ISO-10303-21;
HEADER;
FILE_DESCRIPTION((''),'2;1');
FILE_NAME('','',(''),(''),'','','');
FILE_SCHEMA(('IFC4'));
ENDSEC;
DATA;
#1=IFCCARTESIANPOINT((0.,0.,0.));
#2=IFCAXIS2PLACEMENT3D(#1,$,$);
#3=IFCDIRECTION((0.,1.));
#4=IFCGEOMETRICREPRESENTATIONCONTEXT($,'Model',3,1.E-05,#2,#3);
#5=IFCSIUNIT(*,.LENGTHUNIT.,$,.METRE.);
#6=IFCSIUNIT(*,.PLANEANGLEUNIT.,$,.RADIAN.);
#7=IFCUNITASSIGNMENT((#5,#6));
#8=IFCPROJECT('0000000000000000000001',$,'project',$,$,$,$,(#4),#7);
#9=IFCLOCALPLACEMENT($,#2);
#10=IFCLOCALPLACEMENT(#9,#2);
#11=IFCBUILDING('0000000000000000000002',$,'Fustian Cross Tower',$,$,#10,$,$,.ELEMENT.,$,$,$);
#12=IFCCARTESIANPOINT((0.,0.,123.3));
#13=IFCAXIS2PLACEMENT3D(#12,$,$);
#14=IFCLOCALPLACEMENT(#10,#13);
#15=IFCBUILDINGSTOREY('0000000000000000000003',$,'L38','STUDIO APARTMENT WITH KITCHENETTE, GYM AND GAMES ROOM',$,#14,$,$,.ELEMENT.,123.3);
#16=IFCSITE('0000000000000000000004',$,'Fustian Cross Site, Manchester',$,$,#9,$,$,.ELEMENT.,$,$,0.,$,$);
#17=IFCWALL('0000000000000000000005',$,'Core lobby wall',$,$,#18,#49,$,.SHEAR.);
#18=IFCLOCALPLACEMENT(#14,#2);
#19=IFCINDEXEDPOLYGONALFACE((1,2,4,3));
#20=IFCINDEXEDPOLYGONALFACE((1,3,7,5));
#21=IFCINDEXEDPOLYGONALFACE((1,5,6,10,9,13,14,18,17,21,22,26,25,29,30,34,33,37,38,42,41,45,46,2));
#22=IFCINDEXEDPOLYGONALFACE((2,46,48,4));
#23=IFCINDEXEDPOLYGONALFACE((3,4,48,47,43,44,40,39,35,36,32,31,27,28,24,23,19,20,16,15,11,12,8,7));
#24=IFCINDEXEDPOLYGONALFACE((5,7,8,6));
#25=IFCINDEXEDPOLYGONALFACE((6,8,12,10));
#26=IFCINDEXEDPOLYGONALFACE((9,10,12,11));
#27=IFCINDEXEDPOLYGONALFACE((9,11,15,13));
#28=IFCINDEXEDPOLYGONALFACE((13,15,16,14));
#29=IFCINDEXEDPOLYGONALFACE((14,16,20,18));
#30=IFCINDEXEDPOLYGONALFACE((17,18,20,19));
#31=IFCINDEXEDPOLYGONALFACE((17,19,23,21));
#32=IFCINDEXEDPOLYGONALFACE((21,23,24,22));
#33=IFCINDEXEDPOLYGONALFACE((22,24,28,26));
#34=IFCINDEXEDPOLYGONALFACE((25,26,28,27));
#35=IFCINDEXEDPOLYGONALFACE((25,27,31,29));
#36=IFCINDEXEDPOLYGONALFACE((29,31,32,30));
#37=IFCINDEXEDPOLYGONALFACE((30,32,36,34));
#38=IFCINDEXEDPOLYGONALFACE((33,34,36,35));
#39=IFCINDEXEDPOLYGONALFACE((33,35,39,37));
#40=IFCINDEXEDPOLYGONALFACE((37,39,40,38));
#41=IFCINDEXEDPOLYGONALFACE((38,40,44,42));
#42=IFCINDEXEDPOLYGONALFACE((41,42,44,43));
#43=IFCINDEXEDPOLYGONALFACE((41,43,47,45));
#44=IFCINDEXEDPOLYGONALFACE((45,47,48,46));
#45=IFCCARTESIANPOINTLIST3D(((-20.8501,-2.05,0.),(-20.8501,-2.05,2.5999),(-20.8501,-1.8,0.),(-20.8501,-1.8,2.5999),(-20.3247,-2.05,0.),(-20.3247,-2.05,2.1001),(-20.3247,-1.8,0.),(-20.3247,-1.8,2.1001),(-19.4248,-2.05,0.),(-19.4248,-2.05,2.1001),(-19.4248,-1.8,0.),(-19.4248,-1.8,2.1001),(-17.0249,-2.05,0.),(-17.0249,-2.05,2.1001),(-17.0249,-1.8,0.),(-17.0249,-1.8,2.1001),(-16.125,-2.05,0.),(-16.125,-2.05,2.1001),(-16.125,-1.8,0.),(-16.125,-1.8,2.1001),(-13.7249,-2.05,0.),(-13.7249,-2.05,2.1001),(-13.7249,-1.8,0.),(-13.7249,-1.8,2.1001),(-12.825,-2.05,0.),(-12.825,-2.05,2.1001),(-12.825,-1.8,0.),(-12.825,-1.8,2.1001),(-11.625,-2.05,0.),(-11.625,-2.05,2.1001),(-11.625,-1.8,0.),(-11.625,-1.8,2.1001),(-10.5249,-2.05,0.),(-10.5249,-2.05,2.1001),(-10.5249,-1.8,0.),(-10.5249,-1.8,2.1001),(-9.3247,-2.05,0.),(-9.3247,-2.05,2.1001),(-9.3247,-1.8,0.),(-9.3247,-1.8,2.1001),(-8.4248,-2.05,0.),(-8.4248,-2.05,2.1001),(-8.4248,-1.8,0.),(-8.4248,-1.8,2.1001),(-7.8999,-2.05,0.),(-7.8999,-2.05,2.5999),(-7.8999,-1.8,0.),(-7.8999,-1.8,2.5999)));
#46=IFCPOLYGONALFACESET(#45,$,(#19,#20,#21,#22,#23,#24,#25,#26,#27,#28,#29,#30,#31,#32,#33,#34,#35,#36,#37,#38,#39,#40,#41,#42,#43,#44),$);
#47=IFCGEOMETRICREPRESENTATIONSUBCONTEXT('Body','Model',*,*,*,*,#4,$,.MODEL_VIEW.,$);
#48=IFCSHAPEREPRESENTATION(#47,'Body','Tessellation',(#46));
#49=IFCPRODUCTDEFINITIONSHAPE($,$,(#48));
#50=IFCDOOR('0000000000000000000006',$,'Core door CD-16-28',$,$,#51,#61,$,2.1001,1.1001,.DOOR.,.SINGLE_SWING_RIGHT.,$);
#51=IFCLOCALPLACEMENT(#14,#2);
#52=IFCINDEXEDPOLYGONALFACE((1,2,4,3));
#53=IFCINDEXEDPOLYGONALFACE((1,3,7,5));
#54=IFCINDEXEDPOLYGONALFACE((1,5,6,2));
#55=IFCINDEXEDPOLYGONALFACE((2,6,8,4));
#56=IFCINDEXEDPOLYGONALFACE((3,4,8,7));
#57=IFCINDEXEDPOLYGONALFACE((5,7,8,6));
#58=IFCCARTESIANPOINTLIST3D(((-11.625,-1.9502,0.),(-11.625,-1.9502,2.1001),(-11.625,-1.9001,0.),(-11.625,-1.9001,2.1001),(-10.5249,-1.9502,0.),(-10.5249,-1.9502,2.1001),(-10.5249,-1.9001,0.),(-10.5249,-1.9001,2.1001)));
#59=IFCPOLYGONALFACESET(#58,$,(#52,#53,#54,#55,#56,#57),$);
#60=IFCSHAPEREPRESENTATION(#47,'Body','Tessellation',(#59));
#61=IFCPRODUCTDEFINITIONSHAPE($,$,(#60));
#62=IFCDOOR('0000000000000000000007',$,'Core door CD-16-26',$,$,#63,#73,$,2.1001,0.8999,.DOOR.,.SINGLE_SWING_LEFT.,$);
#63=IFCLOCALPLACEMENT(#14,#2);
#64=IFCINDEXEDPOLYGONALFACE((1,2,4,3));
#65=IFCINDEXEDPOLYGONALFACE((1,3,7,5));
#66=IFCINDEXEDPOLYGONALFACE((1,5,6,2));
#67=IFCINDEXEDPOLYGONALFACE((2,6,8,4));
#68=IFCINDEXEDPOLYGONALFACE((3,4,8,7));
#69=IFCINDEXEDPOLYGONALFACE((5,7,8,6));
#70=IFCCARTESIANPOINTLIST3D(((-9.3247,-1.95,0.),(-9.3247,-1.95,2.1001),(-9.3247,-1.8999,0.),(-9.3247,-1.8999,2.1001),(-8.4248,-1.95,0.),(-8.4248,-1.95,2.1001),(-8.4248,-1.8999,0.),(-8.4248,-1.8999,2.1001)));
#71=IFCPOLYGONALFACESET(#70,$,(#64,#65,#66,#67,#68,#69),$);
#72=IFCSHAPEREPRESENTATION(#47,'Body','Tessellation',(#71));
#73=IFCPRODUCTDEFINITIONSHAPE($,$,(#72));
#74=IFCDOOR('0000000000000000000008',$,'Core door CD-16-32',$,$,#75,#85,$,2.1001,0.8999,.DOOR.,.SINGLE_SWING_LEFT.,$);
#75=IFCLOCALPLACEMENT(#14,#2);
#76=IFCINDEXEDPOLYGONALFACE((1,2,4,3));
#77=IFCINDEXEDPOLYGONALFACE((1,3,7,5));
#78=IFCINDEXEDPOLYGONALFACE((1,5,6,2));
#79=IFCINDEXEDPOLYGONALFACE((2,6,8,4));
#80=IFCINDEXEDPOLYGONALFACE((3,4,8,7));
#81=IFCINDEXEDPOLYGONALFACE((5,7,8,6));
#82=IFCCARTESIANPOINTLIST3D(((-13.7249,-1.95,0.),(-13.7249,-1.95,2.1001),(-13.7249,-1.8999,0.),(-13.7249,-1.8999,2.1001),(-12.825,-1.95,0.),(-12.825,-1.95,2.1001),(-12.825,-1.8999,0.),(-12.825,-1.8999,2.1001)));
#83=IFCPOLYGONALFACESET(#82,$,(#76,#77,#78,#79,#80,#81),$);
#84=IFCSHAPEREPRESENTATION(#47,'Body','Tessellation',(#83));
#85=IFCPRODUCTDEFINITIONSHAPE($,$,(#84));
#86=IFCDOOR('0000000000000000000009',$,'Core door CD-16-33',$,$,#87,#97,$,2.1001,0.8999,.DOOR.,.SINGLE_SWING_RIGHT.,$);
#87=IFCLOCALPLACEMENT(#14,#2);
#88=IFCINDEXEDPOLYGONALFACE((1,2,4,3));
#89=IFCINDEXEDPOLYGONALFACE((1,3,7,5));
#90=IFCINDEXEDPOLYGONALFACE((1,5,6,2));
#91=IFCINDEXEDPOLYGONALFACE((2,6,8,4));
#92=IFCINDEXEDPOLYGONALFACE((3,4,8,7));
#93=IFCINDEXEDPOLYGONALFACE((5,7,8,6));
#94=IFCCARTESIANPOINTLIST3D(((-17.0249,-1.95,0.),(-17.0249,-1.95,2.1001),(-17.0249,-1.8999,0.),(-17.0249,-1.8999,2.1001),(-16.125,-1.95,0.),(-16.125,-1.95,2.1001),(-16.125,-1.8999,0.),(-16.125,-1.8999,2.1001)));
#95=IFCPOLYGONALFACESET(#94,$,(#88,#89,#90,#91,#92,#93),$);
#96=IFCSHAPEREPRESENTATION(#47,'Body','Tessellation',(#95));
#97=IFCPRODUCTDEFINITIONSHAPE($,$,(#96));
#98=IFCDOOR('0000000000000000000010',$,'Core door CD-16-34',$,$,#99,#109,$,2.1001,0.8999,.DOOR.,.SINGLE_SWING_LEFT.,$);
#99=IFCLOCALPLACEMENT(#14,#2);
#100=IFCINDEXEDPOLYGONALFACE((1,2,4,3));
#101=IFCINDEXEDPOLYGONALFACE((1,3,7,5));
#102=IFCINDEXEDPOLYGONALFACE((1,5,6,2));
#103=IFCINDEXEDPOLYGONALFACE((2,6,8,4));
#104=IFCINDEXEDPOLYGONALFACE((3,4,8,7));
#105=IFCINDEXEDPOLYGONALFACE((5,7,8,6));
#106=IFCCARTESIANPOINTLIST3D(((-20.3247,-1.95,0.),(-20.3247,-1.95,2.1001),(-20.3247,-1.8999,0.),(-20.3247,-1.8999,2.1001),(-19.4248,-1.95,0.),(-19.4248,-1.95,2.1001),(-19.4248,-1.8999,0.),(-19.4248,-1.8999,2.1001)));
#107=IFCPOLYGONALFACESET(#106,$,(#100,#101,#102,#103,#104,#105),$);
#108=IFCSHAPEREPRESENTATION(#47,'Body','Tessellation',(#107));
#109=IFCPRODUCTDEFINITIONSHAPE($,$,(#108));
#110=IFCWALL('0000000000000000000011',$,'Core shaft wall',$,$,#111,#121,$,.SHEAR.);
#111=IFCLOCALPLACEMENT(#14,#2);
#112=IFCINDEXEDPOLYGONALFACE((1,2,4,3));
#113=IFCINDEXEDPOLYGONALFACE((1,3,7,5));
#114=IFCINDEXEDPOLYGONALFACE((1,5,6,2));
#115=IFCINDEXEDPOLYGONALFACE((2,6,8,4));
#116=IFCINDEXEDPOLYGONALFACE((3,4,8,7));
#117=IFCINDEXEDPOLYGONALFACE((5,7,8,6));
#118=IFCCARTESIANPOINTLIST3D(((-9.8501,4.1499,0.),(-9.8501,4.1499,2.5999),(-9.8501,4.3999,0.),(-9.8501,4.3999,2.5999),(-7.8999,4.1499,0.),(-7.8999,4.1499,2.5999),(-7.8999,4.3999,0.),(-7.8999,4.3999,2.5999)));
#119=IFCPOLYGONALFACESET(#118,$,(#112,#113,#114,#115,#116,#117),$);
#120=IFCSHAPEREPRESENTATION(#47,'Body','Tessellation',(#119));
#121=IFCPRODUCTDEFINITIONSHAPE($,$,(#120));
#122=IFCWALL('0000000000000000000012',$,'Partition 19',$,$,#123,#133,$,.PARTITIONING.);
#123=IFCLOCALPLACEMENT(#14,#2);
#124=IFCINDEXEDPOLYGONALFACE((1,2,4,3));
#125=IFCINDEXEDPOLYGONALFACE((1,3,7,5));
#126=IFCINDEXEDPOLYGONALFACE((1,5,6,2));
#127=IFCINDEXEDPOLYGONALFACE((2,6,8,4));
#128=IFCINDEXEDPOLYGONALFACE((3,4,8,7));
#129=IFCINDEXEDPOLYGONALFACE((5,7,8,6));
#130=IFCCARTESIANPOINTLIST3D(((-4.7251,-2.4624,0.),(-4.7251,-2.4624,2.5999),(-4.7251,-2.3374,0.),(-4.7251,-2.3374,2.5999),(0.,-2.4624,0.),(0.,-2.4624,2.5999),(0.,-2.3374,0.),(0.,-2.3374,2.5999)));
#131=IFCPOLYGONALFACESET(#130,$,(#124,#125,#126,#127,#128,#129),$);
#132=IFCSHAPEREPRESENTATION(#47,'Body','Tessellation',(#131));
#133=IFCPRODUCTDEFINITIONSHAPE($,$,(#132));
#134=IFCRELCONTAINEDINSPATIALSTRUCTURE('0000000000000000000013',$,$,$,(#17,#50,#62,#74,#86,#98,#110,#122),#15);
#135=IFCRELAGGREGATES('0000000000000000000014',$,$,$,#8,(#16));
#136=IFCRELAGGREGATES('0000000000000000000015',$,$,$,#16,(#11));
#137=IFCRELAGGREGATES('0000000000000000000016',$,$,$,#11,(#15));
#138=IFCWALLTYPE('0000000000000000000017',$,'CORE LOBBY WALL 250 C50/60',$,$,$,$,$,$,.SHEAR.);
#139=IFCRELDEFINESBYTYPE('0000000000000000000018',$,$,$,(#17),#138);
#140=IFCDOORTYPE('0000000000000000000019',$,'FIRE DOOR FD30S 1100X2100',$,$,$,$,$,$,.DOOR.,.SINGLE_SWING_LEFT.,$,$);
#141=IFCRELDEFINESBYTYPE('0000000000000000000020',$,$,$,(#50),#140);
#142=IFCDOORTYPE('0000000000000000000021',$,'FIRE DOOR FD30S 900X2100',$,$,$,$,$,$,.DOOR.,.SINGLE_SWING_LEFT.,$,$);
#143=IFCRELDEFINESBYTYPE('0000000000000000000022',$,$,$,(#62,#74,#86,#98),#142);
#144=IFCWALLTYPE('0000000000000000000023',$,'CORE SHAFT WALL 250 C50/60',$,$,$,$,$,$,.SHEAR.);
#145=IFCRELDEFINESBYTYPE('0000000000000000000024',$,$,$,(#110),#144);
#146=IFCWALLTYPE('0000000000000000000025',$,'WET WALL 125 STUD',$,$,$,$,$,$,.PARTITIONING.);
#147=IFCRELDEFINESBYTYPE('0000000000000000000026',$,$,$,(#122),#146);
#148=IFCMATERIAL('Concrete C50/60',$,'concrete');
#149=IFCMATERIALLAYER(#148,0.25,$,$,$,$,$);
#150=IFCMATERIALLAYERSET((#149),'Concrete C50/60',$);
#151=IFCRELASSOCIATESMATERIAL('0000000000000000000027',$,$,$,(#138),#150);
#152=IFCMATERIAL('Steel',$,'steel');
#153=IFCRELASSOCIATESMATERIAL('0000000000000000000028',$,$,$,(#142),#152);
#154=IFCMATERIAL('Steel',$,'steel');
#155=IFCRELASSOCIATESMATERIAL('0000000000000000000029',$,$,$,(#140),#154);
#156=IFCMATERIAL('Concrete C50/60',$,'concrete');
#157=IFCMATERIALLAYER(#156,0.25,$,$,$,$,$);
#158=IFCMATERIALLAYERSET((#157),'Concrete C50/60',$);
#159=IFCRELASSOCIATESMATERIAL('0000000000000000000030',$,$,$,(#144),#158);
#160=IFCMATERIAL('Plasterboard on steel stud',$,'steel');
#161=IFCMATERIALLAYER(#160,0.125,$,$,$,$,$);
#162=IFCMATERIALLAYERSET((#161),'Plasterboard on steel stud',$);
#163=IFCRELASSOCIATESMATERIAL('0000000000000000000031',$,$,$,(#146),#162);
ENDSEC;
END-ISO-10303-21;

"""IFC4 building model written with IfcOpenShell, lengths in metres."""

from ifc_helpers import new_model, si_unit, direction, frame, frame_2d, origin, place, context, subcontext, project, spatial, rectangle, extrude, material, layer, layer_set, type_object, element, fill, save


model = new_model("IFC4")

# Units and contexts
model_context = context("Model", 3, precision=1e-05, world=origin(), true_north=direction((0.0, 1.0)))
body_context = subcontext(model_context, "Body", "Model", "MODEL_VIEW")
ifc_project = project(units=[si_unit("LENGTHUNIT", "METRE"), si_unit("PLANEANGLEUNIT", "RADIAN")], contexts=[model_context])

# Site, building, storey
site_placement = place(None, origin())
site = spatial("IfcSite", under=ifc_project, at=site_placement, Name="Fustian Cross Site, Manchester", CompositionType="ELEMENT", RefElevation=0.0)
building_placement = place(site_placement, origin())
building = spatial("IfcBuilding", under=site, at=building_placement, Name="Fustian Cross Tower", CompositionType="ELEMENT")
storey_placement = place(building_placement, frame((0.0, 0.0, 123.3)))
storey = spatial("IfcBuildingStorey", under=building, at=storey_placement, Name="L38", Description="STUDIO APARTMENT WITH KITCHENETTE, GYM AND GAMES ROOM", CompositionType="ELEMENT", Elevation=123.3)

# Wall, openings, doors
ifc_material_1 = material(Name="Concrete C50/60", Category="concrete")
ifc_layer_1 = layer(ifc_material_1, 0.25)
ifc_layer_set_1 = layer_set([ifc_layer_1], Name="Concrete C50/60")
wall_type_1 = type_object("IfcWallType", Name="CORE LOBBY WALL 250 C50/60", PredefinedType="SHEAR", material=ifc_layer_set_1)
ifc_material_2 = material(Name="Steel", Category="steel")
door_type_1 = type_object("IfcDoorType", Name="FIRE DOOR FD30S 900X2100", OperationType="SINGLE_SWING_LEFT", PredefinedType="DOOR", material=ifc_material_2)
wall_1_placement = place(storey_placement, frame((-7.8999, -1.925, 0.0), z_axis=(0.0, 0.0, 1.0), x_axis=(-1.0, 0.0, 0.0)))
wall_1 = element("IfcWall", 1, at=wall_1_placement, inside=storey, type_object=wall_type_1, Name="Core lobby wall", PredefinedType="SHEAR", context=body_context, shape_type="SweptSolid", body=[
    extrude(rectangle(XDim=12.9502, YDim=0.25, at=frame_2d((6.4751, 0.0))), origin(), (0.0, 0.0, 1.0), 2.5999),
])
opening_1_placement = place(wall_1_placement, frame((0.5249, 0.0, 0.0)))
opening_1 = element("IfcOpeningElement", 2, at=opening_1_placement, cuts=wall_1, PredefinedType="OPENING", context=body_context, shape_type="SweptSolid", body=[
    extrude(rectangle(XDim=0.8999, YDim=2.1001, at=frame_2d((0.45, 1.05))), frame((0.0, 0.135, 0.0), z_axis=(0.0, -1.0, 0.0), x_axis=(1.0, 0.0, 0.0)), (0.0, 0.0, 1.0), 0.27),
])
opening_2_placement = place(wall_1_placement, frame((2.625, 0.0, 0.0)))
opening_2 = element("IfcOpeningElement", 3, at=opening_2_placement, cuts=wall_1, PredefinedType="OPENING", context=body_context, shape_type="SweptSolid", body=[
    extrude(rectangle(XDim=1.1001, YDim=2.1001, at=frame_2d((0.55, 1.05))), frame((0.0, 0.135, 0.0), z_axis=(0.0, -1.0, 0.0), x_axis=(1.0, 0.0, 0.0)), (0.0, 0.0, 1.0), 0.27),
])
opening_3_placement = place(wall_1_placement, frame((4.925, 0.0, 0.0)))
opening_3 = element("IfcOpeningElement", 4, at=opening_3_placement, cuts=wall_1, PredefinedType="OPENING", context=body_context, shape_type="SweptSolid", body=[
    extrude(rectangle(XDim=0.8999, YDim=2.1001, at=frame_2d((0.45, 1.05))), frame((0.0, 0.135, 0.0), z_axis=(0.0, -1.0, 0.0), x_axis=(1.0, 0.0, 0.0)), (0.0, 0.0, 1.0), 0.27),
])
opening_4_placement = place(wall_1_placement, frame((8.2251, 0.0, 0.0)))
opening_4 = element("IfcOpeningElement", 5, at=opening_4_placement, cuts=wall_1, PredefinedType="OPENING", context=body_context, shape_type="SweptSolid", body=[
    extrude(rectangle(XDim=0.8999, YDim=2.1001, at=frame_2d((0.45, 1.05))), frame((0.0, 0.135, 0.0), z_axis=(0.0, -1.0, 0.0), x_axis=(1.0, 0.0, 0.0)), (0.0, 0.0, 1.0), 0.27),
])
opening_5_placement = place(wall_1_placement, frame((11.5249, 0.0, 0.0)))
opening_5 = element("IfcOpeningElement", 6, at=opening_5_placement, cuts=wall_1, PredefinedType="OPENING", context=body_context, shape_type="SweptSolid", body=[
    extrude(rectangle(XDim=0.8999, YDim=2.1001, at=frame_2d((0.45, 1.05))), frame((0.0, 0.135, 0.0), z_axis=(0.0, -1.0, 0.0), x_axis=(1.0, 0.0, 0.0)), (0.0, 0.0, 1.0), 0.27),
])
ifc_material_3 = material(Name="Steel", Category="steel")
door_type_2 = type_object("IfcDoorType", Name="FIRE DOOR FD30S 1100X2100", OperationType="SINGLE_SWING_LEFT", PredefinedType="DOOR", material=ifc_material_3)
door_1_placement = place(opening_2_placement, frame((1.1001, 0.0, 0.0), z_axis=(0.0, 0.0, 1.0), x_axis=(-1.0, 0.0, 0.0)))
door_1 = element("IfcDoor", 7, at=door_1_placement, inside=storey, type_object=door_type_2, Name="Core door CD-16-28", OperationType="SINGLE_SWING_RIGHT", OverallHeight=2.1001, OverallWidth=1.1001, PredefinedType="DOOR", context=body_context, shape_type="SweptSolid", body=[
    extrude(rectangle(XDim=1.1001, YDim=2.1001, at=frame_2d((0.55, 1.05))), frame((0.0, 0.0249, 0.0), z_axis=(0.0, -1.0, 0.0), x_axis=(1.0, 0.0, 0.0)), (0.0, 0.0, 1.0), 0.05),
])
fill(opening_2, door_1)
door_2_placement = place(opening_1_placement, origin())
door_2 = element("IfcDoor", 8, at=door_2_placement, inside=storey, type_object=door_type_1, Name="Core door CD-16-26", OperationType="SINGLE_SWING_LEFT", OverallHeight=2.1001, OverallWidth=0.8999, PredefinedType="DOOR", context=body_context, shape_type="SweptSolid", body=[
    extrude(rectangle(XDim=0.8999, YDim=2.1001, at=frame_2d((0.45, 1.05))), frame((0.0, 0.0249, 0.0), z_axis=(0.0, -1.0, 0.0), x_axis=(1.0, 0.0, 0.0)), (0.0, 0.0, 1.0), 0.05),
])
fill(opening_1, door_2)
door_3_placement = place(opening_3_placement, origin())
door_3 = element("IfcDoor", 9, at=door_3_placement, inside=storey, type_object=door_type_1, Name="Core door CD-16-32", OperationType="SINGLE_SWING_LEFT", OverallHeight=2.1001, OverallWidth=0.8999, PredefinedType="DOOR", context=body_context, shape_type="SweptSolid", body=[
    extrude(rectangle(XDim=0.8999, YDim=2.1001, at=frame_2d((0.45, 1.05))), frame((0.0, 0.0249, 0.0), z_axis=(0.0, -1.0, 0.0), x_axis=(1.0, 0.0, 0.0)), (0.0, 0.0, 1.0), 0.05),
])
fill(opening_3, door_3)
door_4_placement = place(opening_4_placement, origin())
door_4 = element("IfcDoor", 10, at=door_4_placement, inside=storey, type_object=door_type_1, Name="Core door CD-16-33", OperationType="SINGLE_SWING_RIGHT", OverallHeight=2.1001, OverallWidth=0.8999, PredefinedType="DOOR", context=body_context, shape_type="SweptSolid", body=[
    extrude(rectangle(XDim=0.8999, YDim=2.1001, at=frame_2d((0.45, 1.05))), frame((0.0, 0.0249, 0.0), z_axis=(0.0, -1.0, 0.0), x_axis=(1.0, 0.0, 0.0)), (0.0, 0.0, 1.0), 0.05),
])
fill(opening_4, door_4)
door_5_placement = place(opening_5_placement, origin())
door_5 = element("IfcDoor", 11, at=door_5_placement, inside=storey, type_object=door_type_1, Name="Core door CD-16-34", OperationType="SINGLE_SWING_LEFT", OverallHeight=2.1001, OverallWidth=0.8999, PredefinedType="DOOR", context=body_context, shape_type="SweptSolid", body=[
    extrude(rectangle(XDim=0.8999, YDim=2.1001, at=frame_2d((0.45, 1.05))), frame((0.0, 0.0249, 0.0), z_axis=(0.0, -1.0, 0.0), x_axis=(1.0, 0.0, 0.0)), (0.0, 0.0, 1.0), 0.05),
])
fill(opening_5, door_5)

# Walls
ifc_material_4 = material(Name="Concrete C50/60", Category="concrete")
ifc_layer_2 = layer(ifc_material_4, 0.25)
ifc_layer_set_2 = layer_set([ifc_layer_2], Name="Concrete C50/60")
wall_type_2 = type_object("IfcWallType", Name="CORE SHAFT WALL 250 C50/60", PredefinedType="SHEAR", material=ifc_layer_set_2)
wall_2_placement = place(storey_placement, frame((-7.8999, 4.2749, 0.0), z_axis=(0.0, 0.0, 1.0), x_axis=(-1.0, 0.0, 0.0)))
element("IfcWall", 12, at=wall_2_placement, inside=storey, type_object=wall_type_2, Name="Core shaft wall", PredefinedType="SHEAR", context=body_context, shape_type="SweptSolid", body=[
    extrude(rectangle(XDim=1.9502, YDim=0.25, at=frame_2d((0.9751, 0.0))), origin(), (0.0, 0.0, 1.0), 2.5999),
])
ifc_material_5 = material(Name="Plasterboard on steel stud", Category="steel")
ifc_layer_3 = layer(ifc_material_5, 0.125)
ifc_layer_set_3 = layer_set([ifc_layer_3], Name="Plasterboard on steel stud")
wall_type_3 = type_object("IfcWallType", Name="WET WALL 125 STUD", PredefinedType="PARTITIONING", material=ifc_layer_set_3)
wall_3_placement = place(storey_placement, frame((-4.7251, -2.3999, 0.0), z_axis=(0.0, 0.0, 1.0), x_axis=(1.0, 0.0, 0.0)))
element("IfcWall", 13, at=wall_3_placement, inside=storey, type_object=wall_type_3, Name="Partition 19", PredefinedType="PARTITIONING", context=body_context, shape_type="SweptSolid", body=[
    extrude(rectangle(XDim=4.7251, YDim=0.125, at=frame_2d((2.3625, 0.0))), origin(), (0.0, 0.0, 1.0), 2.5999),
])

save(model, "model.ifc")
